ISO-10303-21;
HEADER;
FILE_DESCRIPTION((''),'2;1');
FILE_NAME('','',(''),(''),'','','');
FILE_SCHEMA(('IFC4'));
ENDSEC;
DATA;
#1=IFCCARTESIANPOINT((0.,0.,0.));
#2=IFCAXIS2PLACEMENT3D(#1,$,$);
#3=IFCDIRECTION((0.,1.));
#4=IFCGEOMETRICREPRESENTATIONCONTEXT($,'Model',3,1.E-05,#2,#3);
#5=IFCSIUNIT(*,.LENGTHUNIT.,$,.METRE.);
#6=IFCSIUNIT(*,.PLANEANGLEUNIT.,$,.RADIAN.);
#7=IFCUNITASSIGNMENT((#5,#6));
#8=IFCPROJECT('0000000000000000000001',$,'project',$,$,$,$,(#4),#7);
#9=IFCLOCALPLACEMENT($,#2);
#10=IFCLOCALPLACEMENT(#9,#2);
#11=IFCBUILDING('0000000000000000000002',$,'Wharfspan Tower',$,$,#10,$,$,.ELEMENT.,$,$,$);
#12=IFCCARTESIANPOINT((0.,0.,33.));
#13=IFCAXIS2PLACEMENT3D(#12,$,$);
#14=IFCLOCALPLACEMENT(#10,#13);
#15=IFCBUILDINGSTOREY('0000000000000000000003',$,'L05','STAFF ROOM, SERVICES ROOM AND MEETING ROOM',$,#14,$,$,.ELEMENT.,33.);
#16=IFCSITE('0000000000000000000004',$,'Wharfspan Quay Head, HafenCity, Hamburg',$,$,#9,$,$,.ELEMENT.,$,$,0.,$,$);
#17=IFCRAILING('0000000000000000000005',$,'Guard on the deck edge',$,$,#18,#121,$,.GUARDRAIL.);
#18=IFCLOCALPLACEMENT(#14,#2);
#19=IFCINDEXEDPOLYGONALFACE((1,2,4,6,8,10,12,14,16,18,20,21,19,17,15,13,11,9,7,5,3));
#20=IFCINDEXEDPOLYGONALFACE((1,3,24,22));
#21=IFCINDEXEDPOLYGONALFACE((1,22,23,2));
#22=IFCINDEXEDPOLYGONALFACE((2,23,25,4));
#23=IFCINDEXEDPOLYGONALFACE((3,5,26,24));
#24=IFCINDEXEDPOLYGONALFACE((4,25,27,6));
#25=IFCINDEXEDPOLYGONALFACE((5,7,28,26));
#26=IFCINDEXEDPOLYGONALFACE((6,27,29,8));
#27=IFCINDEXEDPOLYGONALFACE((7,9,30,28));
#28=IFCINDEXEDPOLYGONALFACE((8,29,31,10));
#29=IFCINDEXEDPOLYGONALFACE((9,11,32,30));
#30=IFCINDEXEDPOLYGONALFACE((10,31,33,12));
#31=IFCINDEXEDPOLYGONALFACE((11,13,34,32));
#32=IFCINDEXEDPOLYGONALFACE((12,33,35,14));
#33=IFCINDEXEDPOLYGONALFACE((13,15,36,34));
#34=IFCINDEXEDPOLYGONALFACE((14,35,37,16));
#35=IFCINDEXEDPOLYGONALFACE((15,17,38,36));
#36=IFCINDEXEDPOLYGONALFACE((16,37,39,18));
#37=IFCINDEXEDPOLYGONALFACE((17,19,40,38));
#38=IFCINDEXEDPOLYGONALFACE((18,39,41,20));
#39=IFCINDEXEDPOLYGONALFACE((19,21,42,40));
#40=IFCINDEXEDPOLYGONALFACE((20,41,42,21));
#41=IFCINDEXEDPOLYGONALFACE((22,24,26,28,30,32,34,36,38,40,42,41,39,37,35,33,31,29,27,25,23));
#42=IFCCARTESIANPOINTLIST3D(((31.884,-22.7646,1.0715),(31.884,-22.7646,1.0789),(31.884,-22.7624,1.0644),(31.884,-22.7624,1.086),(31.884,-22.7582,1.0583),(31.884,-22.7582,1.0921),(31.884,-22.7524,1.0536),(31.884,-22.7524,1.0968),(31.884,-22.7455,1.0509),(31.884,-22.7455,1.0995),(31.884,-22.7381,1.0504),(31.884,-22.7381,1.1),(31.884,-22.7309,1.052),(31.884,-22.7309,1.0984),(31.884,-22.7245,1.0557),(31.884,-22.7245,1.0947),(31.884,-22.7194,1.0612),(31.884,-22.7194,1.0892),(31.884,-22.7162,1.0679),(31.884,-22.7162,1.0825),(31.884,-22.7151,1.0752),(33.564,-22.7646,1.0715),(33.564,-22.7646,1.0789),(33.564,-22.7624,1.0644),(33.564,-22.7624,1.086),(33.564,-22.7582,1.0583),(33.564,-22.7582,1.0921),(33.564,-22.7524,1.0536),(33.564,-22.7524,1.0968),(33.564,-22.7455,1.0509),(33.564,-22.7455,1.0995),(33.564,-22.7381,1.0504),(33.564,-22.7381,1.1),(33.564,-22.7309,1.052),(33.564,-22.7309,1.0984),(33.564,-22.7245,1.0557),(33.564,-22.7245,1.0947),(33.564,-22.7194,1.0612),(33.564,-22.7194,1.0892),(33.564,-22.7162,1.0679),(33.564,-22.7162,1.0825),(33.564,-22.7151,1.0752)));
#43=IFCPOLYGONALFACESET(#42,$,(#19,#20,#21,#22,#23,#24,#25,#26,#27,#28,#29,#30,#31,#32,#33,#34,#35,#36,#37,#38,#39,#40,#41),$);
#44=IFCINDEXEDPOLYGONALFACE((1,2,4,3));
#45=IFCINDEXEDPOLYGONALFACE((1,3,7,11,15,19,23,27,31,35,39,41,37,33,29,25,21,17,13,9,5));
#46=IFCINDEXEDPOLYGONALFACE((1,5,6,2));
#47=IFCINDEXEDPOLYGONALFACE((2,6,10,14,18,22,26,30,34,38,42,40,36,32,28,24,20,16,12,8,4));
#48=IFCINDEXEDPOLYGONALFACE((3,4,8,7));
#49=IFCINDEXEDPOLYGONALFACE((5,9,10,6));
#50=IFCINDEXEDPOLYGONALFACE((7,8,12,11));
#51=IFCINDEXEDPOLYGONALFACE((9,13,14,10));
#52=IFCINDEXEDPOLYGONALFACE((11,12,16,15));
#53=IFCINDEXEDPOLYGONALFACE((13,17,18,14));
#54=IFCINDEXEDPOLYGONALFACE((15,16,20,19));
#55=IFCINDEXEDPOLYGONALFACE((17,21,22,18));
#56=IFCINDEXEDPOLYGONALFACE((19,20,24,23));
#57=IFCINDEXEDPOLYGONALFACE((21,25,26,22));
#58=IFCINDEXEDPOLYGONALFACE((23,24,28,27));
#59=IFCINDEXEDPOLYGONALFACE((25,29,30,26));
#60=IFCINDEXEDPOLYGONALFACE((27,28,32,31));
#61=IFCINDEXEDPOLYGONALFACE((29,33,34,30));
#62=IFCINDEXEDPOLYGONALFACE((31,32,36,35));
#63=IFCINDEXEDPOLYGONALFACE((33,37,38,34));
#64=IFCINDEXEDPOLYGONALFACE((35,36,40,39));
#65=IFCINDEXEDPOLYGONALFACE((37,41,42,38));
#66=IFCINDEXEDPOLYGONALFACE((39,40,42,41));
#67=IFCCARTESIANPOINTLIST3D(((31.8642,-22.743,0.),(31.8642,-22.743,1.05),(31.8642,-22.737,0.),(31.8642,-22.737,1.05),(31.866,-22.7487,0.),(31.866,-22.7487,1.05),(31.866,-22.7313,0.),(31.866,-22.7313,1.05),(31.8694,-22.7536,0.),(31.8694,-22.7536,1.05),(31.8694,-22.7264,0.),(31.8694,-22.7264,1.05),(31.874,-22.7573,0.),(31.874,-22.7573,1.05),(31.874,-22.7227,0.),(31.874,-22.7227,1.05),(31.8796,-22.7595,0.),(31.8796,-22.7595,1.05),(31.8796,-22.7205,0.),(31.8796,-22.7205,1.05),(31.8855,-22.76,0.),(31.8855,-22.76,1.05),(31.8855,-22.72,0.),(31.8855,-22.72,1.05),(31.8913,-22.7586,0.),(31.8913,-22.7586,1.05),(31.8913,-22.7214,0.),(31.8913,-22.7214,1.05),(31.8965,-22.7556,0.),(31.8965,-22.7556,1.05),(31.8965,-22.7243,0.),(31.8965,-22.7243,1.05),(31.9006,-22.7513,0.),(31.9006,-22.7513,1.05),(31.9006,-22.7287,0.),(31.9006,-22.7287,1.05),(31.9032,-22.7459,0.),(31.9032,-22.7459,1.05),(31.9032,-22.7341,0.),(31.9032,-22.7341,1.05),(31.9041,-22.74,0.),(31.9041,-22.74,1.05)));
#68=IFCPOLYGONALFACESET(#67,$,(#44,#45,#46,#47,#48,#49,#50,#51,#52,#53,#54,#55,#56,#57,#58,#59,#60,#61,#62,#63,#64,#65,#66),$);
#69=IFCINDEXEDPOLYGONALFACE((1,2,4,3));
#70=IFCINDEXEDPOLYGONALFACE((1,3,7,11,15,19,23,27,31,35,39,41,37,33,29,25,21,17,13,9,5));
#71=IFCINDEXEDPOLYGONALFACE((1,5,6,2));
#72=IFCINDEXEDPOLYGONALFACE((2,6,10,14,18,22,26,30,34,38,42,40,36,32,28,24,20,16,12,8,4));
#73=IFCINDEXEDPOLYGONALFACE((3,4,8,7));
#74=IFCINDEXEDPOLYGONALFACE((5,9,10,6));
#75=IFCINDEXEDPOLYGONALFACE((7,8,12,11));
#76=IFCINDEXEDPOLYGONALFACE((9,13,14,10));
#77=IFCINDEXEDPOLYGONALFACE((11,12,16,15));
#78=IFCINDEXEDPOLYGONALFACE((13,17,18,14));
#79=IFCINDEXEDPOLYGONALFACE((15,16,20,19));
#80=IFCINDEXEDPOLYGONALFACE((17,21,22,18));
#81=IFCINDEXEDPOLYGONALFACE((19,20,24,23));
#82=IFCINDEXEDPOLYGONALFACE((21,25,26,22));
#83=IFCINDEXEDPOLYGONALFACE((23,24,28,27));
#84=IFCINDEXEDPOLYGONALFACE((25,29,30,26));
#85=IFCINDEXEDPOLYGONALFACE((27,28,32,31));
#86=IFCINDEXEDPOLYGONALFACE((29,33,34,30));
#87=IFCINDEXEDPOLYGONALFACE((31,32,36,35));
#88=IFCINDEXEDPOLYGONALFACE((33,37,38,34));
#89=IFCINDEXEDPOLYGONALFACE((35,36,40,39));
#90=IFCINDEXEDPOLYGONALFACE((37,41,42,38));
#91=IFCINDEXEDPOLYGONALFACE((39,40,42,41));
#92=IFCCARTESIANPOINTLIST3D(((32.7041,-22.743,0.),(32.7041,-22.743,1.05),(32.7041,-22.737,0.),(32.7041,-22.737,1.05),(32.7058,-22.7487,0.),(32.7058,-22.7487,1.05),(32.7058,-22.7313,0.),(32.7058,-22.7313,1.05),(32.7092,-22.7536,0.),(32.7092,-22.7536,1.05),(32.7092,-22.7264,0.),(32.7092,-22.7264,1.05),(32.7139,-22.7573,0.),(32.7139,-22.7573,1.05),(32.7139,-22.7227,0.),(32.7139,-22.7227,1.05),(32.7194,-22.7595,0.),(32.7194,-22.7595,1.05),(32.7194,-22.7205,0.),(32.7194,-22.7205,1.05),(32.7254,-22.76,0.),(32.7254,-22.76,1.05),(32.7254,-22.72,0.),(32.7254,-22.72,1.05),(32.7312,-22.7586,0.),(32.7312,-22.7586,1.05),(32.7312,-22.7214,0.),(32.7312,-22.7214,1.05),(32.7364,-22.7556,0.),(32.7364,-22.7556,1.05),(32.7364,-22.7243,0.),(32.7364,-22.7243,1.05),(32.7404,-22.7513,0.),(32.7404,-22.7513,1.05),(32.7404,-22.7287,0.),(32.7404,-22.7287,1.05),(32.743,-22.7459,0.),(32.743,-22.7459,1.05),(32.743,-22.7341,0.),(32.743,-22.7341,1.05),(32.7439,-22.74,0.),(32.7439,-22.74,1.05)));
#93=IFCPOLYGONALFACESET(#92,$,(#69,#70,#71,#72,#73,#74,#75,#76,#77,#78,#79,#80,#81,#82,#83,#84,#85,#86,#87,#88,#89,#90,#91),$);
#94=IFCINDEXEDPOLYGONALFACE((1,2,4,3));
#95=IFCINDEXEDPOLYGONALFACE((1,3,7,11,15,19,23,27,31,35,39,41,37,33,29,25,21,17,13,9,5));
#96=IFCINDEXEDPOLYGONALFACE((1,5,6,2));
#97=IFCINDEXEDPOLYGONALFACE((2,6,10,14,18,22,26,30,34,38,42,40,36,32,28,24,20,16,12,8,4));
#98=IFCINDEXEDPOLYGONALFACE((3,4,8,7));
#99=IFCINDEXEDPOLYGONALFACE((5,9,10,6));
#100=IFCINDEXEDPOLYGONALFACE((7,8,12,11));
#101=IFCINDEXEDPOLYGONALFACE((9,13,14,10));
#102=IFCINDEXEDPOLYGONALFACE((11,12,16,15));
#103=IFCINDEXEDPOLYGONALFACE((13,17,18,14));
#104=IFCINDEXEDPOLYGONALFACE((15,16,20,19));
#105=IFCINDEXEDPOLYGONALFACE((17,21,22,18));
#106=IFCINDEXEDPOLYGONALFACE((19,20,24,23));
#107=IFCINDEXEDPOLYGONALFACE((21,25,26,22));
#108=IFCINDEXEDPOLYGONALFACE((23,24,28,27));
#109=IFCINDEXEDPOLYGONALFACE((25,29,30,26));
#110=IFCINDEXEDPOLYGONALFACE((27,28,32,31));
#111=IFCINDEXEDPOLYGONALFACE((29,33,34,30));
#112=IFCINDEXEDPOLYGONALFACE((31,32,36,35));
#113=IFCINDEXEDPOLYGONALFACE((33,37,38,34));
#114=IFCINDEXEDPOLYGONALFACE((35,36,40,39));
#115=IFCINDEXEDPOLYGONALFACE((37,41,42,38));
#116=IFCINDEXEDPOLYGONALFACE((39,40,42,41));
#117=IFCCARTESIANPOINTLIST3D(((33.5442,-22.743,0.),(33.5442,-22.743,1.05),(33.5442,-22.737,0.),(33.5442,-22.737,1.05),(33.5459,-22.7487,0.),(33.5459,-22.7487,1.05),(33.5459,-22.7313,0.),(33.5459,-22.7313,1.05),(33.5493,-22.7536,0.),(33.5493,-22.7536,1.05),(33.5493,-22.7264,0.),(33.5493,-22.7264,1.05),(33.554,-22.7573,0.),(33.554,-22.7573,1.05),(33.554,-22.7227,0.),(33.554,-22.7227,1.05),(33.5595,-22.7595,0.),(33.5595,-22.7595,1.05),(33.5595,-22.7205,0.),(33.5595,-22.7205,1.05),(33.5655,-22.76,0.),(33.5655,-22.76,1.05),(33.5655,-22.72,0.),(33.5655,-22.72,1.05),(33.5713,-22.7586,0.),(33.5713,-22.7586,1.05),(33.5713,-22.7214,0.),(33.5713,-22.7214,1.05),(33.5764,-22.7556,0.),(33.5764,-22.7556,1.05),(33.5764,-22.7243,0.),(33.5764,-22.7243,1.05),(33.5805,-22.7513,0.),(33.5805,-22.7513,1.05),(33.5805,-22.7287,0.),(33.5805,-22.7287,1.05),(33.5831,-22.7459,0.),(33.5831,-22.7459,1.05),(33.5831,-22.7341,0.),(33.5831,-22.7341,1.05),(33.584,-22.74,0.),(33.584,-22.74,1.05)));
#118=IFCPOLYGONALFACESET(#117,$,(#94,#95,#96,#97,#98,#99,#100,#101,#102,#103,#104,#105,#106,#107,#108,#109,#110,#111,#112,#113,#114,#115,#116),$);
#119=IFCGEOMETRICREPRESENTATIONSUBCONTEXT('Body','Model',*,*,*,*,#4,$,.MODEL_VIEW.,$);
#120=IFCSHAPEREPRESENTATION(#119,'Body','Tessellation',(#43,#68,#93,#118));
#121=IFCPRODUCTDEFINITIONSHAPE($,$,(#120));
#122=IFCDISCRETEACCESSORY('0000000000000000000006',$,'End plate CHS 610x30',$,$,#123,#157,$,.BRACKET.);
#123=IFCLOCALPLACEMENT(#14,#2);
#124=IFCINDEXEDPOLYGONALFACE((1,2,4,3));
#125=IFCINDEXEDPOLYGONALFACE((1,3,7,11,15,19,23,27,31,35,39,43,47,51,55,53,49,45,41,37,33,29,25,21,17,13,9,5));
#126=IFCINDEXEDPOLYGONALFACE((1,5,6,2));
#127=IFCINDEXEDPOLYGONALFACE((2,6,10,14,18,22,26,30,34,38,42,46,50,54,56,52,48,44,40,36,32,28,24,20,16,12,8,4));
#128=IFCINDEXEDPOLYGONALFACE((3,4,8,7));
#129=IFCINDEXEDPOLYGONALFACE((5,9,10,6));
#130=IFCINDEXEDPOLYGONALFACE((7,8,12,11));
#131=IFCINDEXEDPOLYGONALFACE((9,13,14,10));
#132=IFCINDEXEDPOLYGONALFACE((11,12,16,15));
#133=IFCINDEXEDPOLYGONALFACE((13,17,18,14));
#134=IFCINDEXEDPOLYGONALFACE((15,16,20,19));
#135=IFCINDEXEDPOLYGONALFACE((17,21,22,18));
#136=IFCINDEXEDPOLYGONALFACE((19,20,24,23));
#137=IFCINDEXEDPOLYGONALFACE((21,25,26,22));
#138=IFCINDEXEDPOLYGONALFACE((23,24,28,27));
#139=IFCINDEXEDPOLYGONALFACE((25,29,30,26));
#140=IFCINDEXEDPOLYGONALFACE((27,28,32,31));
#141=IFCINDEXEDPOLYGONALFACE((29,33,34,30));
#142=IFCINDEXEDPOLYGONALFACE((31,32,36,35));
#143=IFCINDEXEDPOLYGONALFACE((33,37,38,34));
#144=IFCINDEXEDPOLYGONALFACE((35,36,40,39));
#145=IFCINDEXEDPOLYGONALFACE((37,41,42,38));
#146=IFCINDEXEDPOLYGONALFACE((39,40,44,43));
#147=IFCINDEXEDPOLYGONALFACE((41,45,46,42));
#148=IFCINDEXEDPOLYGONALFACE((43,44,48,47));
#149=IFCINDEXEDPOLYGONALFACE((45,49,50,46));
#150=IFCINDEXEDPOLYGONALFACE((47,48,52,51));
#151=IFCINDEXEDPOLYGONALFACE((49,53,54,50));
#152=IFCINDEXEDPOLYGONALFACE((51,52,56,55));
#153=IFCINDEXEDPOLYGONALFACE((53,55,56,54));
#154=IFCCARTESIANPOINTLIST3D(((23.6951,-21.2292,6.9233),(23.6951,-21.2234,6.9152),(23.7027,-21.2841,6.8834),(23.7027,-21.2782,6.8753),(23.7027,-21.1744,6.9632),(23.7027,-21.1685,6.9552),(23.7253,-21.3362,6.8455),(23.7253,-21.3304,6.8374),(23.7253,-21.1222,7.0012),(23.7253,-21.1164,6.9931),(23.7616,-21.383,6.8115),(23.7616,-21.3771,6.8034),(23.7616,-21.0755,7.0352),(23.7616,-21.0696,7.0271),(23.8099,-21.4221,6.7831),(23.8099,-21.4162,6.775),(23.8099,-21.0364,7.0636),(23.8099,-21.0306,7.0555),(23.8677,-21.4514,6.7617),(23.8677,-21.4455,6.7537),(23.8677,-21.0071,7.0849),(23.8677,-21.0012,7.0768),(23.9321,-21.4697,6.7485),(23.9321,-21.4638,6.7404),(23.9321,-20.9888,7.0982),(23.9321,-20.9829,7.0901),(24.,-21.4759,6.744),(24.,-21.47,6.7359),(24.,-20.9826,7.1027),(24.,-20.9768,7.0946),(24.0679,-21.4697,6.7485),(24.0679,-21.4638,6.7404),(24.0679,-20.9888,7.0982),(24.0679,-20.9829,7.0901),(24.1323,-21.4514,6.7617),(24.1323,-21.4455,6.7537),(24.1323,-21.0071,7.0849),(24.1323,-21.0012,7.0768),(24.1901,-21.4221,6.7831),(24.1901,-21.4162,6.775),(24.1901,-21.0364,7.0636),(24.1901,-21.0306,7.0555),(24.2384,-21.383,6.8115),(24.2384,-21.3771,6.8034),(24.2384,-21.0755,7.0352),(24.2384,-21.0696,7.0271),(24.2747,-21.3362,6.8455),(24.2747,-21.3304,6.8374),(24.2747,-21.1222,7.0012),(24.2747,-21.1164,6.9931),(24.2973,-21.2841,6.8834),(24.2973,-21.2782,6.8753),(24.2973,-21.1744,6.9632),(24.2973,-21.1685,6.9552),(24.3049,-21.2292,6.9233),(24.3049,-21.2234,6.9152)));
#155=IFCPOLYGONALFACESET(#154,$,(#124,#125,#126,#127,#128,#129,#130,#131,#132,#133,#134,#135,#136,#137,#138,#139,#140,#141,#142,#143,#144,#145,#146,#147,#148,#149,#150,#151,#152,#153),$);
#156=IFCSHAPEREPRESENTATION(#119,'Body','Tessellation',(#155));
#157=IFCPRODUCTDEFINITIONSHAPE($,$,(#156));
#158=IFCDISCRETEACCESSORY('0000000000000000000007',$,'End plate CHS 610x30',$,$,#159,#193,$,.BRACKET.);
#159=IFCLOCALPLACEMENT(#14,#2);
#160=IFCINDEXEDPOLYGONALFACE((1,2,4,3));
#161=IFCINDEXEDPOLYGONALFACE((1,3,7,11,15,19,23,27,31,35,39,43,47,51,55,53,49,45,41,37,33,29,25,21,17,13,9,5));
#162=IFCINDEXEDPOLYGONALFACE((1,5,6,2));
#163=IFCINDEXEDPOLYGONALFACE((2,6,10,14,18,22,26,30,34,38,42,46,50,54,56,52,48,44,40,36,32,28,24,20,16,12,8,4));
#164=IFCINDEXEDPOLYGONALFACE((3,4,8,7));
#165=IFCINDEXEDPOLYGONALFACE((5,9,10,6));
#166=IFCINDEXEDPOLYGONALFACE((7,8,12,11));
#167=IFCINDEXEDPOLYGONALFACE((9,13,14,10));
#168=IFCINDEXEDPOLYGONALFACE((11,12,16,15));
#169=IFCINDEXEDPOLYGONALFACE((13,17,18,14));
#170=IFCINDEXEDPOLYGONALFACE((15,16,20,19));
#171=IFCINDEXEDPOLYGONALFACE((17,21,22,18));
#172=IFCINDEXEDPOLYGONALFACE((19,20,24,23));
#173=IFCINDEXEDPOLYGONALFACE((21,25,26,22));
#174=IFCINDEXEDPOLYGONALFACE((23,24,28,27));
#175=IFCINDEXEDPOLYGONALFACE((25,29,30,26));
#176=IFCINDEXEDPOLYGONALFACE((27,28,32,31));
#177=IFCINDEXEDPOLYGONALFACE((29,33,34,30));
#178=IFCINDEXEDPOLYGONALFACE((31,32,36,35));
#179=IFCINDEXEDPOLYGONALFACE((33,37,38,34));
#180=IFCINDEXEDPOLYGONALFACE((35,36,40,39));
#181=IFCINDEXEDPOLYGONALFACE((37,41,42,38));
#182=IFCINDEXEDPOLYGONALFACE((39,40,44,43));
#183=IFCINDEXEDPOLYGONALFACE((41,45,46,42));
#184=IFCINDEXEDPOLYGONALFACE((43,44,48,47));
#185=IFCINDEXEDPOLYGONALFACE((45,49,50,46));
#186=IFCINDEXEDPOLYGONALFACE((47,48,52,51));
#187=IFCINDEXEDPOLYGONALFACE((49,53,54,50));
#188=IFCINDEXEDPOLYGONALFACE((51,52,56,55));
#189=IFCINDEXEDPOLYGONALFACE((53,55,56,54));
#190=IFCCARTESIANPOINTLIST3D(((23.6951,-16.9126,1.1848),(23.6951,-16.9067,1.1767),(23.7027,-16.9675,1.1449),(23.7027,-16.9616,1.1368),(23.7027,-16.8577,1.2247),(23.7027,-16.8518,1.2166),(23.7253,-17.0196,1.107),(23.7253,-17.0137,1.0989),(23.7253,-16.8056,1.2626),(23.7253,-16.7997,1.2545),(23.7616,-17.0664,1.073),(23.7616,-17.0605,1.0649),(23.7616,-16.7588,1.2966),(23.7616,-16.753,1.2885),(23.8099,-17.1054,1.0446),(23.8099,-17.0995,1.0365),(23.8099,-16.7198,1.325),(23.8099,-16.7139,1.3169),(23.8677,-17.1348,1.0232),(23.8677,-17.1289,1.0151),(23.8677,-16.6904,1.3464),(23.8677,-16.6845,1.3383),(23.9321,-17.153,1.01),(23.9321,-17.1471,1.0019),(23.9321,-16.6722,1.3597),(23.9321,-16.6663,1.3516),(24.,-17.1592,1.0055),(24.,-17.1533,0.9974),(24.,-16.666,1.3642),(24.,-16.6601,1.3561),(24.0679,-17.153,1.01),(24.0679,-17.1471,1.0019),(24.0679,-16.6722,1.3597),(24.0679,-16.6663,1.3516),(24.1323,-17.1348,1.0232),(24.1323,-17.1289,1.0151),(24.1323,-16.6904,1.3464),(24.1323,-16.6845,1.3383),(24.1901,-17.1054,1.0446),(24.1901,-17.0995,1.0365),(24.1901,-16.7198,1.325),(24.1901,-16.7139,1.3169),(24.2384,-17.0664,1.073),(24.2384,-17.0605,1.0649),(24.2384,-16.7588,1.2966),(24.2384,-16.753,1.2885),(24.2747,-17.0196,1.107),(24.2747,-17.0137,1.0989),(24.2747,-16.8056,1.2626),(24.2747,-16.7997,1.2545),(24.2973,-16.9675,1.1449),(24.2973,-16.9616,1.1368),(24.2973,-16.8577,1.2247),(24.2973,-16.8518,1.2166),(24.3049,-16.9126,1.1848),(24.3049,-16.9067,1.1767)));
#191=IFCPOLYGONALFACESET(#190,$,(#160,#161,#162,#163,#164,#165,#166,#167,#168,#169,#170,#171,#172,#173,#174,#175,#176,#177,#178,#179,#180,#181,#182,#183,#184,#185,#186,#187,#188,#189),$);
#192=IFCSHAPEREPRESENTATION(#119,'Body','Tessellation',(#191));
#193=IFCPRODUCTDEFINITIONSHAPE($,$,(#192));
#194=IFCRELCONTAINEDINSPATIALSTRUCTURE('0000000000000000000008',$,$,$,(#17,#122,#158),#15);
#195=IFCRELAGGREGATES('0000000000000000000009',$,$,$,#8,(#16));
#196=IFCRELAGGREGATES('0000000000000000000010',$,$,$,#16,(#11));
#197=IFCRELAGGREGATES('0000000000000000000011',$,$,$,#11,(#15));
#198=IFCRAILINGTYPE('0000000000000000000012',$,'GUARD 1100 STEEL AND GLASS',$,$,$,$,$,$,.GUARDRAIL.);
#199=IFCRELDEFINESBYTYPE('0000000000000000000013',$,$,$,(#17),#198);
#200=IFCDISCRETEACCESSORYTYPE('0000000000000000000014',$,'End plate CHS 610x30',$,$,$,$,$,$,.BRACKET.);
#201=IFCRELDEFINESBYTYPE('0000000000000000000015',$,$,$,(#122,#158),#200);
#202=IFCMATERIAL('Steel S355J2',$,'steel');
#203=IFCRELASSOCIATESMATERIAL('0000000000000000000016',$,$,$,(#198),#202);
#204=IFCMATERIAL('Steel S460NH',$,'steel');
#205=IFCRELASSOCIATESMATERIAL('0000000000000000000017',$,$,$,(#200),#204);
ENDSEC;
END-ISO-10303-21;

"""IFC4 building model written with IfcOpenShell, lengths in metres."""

from ifc_helpers import new_model, si_unit, direction, frame, origin, origin_2d, place, context, subcontext, project, spatial, circle, extrude, material, material_profile, profile_set, type_object, element, save


model = new_model("IFC4")

# Units and contexts
model_context = context("Model", 3, precision=1e-05, world=origin(), true_north=direction((0.0, 1.0)))
body_context = subcontext(model_context, "Body", "Model", "MODEL_VIEW")
ifc_project = project(units=[si_unit("LENGTHUNIT", "METRE"), si_unit("PLANEANGLEUNIT", "RADIAN")], contexts=[model_context])

# Site, building, storey
site_placement = place(None, origin())
site = spatial("IfcSite", under=ifc_project, at=site_placement, Name="Wharfspan Quay Head, HafenCity, Hamburg", CompositionType="ELEMENT", RefElevation=0.0)
building_placement = place(site_placement, origin())
building = spatial("IfcBuilding", under=site, at=building_placement, Name="Wharfspan Tower", CompositionType="ELEMENT")
storey_placement = place(building_placement, frame((0.0, 0.0, 33.0)))
storey = spatial("IfcBuildingStorey", under=building, at=storey_placement, Name="L05", Description="STAFF ROOM, SERVICES ROOM AND MEETING ROOM", CompositionType="ELEMENT", Elevation=33.0)

# Shared definitions
ifc_material_1 = material(Name="Steel S460NH", Category="steel")

# Railing
ifc_material_2 = material(Name="Steel S355J2", Category="steel")
railing_type = type_object("IfcRailingType", Name="GUARD 1100 STEEL AND GLASS", PredefinedType="GUARDRAIL", material=ifc_material_2)
railing_1_placement = place(storey_placement, frame((31.884, -22.74, 0.0)))
element("IfcRailing", 1, at=railing_1_placement, inside=storey, type_object=railing_type, Name="Guard on the deck edge", PredefinedType="GUARDRAIL", context=body_context, shape_type="SweptSolid", body=[
    extrude(circle(Radius=0.0249, at=origin_2d()), frame((0.0, 0.0, 1.0752), z_axis=(1.0, 0.0, 0.0), x_axis=(0.0, 1.0, 0.0)), (0.0, 0.0, 1.0), 1.6799),
    extrude(circle(Radius=0.02, at=origin_2d()), origin(), (0.0, 0.0, 1.0), 1.05),
    extrude(circle(Radius=0.02, at=origin_2d()), frame((0.8398, 0.0, 0.0)), (0.0, 0.0, 1.0), 1.05),
    extrude(circle(Radius=0.02, at=origin_2d()), frame((1.6799, 0.0, 0.0)), (0.0, 0.0, 1.0), 1.05),
])

# Discrete accessories
ifc_material_profile_1 = material_profile(ifc_material_1, circle(Radius=0.3049, at=origin_2d()))
ifc_profile_set_1 = profile_set([ifc_material_profile_1], Name="Steel S460NH")
discrete_accessory_type = type_object("IfcDiscreteAccessoryType", Name="End plate CHS 610x30", PredefinedType="BRACKET", material=ifc_profile_set_1)
for number, where, z_axis, x_axis, name in (
    (2, (24.0, -21.2292, 6.9233), (0.0, 0.588172, -0.808736), (-1.0, 0.0, 0.0), "End plate CHS 610x30"),
    (3, (24.0, -16.9126, 1.1848), (0.0, 0.588172, -0.808736), (-1.0, 0.0, 0.0), "End plate CHS 610x30"),
):
    element("IfcDiscreteAccessory", number, at=place(storey_placement, frame(where, z_axis=z_axis, x_axis=x_axis)), inside=storey, type_object=discrete_accessory_type, Name=name, PredefinedType="BRACKET", context=body_context, shape_type="SweptSolid", body=[
        extrude(circle(Radius=0.3049, at=origin_2d()), origin(), (0.0, 0.0, 1.0), 0.01),
    ])

save(model, "model.ifc")
